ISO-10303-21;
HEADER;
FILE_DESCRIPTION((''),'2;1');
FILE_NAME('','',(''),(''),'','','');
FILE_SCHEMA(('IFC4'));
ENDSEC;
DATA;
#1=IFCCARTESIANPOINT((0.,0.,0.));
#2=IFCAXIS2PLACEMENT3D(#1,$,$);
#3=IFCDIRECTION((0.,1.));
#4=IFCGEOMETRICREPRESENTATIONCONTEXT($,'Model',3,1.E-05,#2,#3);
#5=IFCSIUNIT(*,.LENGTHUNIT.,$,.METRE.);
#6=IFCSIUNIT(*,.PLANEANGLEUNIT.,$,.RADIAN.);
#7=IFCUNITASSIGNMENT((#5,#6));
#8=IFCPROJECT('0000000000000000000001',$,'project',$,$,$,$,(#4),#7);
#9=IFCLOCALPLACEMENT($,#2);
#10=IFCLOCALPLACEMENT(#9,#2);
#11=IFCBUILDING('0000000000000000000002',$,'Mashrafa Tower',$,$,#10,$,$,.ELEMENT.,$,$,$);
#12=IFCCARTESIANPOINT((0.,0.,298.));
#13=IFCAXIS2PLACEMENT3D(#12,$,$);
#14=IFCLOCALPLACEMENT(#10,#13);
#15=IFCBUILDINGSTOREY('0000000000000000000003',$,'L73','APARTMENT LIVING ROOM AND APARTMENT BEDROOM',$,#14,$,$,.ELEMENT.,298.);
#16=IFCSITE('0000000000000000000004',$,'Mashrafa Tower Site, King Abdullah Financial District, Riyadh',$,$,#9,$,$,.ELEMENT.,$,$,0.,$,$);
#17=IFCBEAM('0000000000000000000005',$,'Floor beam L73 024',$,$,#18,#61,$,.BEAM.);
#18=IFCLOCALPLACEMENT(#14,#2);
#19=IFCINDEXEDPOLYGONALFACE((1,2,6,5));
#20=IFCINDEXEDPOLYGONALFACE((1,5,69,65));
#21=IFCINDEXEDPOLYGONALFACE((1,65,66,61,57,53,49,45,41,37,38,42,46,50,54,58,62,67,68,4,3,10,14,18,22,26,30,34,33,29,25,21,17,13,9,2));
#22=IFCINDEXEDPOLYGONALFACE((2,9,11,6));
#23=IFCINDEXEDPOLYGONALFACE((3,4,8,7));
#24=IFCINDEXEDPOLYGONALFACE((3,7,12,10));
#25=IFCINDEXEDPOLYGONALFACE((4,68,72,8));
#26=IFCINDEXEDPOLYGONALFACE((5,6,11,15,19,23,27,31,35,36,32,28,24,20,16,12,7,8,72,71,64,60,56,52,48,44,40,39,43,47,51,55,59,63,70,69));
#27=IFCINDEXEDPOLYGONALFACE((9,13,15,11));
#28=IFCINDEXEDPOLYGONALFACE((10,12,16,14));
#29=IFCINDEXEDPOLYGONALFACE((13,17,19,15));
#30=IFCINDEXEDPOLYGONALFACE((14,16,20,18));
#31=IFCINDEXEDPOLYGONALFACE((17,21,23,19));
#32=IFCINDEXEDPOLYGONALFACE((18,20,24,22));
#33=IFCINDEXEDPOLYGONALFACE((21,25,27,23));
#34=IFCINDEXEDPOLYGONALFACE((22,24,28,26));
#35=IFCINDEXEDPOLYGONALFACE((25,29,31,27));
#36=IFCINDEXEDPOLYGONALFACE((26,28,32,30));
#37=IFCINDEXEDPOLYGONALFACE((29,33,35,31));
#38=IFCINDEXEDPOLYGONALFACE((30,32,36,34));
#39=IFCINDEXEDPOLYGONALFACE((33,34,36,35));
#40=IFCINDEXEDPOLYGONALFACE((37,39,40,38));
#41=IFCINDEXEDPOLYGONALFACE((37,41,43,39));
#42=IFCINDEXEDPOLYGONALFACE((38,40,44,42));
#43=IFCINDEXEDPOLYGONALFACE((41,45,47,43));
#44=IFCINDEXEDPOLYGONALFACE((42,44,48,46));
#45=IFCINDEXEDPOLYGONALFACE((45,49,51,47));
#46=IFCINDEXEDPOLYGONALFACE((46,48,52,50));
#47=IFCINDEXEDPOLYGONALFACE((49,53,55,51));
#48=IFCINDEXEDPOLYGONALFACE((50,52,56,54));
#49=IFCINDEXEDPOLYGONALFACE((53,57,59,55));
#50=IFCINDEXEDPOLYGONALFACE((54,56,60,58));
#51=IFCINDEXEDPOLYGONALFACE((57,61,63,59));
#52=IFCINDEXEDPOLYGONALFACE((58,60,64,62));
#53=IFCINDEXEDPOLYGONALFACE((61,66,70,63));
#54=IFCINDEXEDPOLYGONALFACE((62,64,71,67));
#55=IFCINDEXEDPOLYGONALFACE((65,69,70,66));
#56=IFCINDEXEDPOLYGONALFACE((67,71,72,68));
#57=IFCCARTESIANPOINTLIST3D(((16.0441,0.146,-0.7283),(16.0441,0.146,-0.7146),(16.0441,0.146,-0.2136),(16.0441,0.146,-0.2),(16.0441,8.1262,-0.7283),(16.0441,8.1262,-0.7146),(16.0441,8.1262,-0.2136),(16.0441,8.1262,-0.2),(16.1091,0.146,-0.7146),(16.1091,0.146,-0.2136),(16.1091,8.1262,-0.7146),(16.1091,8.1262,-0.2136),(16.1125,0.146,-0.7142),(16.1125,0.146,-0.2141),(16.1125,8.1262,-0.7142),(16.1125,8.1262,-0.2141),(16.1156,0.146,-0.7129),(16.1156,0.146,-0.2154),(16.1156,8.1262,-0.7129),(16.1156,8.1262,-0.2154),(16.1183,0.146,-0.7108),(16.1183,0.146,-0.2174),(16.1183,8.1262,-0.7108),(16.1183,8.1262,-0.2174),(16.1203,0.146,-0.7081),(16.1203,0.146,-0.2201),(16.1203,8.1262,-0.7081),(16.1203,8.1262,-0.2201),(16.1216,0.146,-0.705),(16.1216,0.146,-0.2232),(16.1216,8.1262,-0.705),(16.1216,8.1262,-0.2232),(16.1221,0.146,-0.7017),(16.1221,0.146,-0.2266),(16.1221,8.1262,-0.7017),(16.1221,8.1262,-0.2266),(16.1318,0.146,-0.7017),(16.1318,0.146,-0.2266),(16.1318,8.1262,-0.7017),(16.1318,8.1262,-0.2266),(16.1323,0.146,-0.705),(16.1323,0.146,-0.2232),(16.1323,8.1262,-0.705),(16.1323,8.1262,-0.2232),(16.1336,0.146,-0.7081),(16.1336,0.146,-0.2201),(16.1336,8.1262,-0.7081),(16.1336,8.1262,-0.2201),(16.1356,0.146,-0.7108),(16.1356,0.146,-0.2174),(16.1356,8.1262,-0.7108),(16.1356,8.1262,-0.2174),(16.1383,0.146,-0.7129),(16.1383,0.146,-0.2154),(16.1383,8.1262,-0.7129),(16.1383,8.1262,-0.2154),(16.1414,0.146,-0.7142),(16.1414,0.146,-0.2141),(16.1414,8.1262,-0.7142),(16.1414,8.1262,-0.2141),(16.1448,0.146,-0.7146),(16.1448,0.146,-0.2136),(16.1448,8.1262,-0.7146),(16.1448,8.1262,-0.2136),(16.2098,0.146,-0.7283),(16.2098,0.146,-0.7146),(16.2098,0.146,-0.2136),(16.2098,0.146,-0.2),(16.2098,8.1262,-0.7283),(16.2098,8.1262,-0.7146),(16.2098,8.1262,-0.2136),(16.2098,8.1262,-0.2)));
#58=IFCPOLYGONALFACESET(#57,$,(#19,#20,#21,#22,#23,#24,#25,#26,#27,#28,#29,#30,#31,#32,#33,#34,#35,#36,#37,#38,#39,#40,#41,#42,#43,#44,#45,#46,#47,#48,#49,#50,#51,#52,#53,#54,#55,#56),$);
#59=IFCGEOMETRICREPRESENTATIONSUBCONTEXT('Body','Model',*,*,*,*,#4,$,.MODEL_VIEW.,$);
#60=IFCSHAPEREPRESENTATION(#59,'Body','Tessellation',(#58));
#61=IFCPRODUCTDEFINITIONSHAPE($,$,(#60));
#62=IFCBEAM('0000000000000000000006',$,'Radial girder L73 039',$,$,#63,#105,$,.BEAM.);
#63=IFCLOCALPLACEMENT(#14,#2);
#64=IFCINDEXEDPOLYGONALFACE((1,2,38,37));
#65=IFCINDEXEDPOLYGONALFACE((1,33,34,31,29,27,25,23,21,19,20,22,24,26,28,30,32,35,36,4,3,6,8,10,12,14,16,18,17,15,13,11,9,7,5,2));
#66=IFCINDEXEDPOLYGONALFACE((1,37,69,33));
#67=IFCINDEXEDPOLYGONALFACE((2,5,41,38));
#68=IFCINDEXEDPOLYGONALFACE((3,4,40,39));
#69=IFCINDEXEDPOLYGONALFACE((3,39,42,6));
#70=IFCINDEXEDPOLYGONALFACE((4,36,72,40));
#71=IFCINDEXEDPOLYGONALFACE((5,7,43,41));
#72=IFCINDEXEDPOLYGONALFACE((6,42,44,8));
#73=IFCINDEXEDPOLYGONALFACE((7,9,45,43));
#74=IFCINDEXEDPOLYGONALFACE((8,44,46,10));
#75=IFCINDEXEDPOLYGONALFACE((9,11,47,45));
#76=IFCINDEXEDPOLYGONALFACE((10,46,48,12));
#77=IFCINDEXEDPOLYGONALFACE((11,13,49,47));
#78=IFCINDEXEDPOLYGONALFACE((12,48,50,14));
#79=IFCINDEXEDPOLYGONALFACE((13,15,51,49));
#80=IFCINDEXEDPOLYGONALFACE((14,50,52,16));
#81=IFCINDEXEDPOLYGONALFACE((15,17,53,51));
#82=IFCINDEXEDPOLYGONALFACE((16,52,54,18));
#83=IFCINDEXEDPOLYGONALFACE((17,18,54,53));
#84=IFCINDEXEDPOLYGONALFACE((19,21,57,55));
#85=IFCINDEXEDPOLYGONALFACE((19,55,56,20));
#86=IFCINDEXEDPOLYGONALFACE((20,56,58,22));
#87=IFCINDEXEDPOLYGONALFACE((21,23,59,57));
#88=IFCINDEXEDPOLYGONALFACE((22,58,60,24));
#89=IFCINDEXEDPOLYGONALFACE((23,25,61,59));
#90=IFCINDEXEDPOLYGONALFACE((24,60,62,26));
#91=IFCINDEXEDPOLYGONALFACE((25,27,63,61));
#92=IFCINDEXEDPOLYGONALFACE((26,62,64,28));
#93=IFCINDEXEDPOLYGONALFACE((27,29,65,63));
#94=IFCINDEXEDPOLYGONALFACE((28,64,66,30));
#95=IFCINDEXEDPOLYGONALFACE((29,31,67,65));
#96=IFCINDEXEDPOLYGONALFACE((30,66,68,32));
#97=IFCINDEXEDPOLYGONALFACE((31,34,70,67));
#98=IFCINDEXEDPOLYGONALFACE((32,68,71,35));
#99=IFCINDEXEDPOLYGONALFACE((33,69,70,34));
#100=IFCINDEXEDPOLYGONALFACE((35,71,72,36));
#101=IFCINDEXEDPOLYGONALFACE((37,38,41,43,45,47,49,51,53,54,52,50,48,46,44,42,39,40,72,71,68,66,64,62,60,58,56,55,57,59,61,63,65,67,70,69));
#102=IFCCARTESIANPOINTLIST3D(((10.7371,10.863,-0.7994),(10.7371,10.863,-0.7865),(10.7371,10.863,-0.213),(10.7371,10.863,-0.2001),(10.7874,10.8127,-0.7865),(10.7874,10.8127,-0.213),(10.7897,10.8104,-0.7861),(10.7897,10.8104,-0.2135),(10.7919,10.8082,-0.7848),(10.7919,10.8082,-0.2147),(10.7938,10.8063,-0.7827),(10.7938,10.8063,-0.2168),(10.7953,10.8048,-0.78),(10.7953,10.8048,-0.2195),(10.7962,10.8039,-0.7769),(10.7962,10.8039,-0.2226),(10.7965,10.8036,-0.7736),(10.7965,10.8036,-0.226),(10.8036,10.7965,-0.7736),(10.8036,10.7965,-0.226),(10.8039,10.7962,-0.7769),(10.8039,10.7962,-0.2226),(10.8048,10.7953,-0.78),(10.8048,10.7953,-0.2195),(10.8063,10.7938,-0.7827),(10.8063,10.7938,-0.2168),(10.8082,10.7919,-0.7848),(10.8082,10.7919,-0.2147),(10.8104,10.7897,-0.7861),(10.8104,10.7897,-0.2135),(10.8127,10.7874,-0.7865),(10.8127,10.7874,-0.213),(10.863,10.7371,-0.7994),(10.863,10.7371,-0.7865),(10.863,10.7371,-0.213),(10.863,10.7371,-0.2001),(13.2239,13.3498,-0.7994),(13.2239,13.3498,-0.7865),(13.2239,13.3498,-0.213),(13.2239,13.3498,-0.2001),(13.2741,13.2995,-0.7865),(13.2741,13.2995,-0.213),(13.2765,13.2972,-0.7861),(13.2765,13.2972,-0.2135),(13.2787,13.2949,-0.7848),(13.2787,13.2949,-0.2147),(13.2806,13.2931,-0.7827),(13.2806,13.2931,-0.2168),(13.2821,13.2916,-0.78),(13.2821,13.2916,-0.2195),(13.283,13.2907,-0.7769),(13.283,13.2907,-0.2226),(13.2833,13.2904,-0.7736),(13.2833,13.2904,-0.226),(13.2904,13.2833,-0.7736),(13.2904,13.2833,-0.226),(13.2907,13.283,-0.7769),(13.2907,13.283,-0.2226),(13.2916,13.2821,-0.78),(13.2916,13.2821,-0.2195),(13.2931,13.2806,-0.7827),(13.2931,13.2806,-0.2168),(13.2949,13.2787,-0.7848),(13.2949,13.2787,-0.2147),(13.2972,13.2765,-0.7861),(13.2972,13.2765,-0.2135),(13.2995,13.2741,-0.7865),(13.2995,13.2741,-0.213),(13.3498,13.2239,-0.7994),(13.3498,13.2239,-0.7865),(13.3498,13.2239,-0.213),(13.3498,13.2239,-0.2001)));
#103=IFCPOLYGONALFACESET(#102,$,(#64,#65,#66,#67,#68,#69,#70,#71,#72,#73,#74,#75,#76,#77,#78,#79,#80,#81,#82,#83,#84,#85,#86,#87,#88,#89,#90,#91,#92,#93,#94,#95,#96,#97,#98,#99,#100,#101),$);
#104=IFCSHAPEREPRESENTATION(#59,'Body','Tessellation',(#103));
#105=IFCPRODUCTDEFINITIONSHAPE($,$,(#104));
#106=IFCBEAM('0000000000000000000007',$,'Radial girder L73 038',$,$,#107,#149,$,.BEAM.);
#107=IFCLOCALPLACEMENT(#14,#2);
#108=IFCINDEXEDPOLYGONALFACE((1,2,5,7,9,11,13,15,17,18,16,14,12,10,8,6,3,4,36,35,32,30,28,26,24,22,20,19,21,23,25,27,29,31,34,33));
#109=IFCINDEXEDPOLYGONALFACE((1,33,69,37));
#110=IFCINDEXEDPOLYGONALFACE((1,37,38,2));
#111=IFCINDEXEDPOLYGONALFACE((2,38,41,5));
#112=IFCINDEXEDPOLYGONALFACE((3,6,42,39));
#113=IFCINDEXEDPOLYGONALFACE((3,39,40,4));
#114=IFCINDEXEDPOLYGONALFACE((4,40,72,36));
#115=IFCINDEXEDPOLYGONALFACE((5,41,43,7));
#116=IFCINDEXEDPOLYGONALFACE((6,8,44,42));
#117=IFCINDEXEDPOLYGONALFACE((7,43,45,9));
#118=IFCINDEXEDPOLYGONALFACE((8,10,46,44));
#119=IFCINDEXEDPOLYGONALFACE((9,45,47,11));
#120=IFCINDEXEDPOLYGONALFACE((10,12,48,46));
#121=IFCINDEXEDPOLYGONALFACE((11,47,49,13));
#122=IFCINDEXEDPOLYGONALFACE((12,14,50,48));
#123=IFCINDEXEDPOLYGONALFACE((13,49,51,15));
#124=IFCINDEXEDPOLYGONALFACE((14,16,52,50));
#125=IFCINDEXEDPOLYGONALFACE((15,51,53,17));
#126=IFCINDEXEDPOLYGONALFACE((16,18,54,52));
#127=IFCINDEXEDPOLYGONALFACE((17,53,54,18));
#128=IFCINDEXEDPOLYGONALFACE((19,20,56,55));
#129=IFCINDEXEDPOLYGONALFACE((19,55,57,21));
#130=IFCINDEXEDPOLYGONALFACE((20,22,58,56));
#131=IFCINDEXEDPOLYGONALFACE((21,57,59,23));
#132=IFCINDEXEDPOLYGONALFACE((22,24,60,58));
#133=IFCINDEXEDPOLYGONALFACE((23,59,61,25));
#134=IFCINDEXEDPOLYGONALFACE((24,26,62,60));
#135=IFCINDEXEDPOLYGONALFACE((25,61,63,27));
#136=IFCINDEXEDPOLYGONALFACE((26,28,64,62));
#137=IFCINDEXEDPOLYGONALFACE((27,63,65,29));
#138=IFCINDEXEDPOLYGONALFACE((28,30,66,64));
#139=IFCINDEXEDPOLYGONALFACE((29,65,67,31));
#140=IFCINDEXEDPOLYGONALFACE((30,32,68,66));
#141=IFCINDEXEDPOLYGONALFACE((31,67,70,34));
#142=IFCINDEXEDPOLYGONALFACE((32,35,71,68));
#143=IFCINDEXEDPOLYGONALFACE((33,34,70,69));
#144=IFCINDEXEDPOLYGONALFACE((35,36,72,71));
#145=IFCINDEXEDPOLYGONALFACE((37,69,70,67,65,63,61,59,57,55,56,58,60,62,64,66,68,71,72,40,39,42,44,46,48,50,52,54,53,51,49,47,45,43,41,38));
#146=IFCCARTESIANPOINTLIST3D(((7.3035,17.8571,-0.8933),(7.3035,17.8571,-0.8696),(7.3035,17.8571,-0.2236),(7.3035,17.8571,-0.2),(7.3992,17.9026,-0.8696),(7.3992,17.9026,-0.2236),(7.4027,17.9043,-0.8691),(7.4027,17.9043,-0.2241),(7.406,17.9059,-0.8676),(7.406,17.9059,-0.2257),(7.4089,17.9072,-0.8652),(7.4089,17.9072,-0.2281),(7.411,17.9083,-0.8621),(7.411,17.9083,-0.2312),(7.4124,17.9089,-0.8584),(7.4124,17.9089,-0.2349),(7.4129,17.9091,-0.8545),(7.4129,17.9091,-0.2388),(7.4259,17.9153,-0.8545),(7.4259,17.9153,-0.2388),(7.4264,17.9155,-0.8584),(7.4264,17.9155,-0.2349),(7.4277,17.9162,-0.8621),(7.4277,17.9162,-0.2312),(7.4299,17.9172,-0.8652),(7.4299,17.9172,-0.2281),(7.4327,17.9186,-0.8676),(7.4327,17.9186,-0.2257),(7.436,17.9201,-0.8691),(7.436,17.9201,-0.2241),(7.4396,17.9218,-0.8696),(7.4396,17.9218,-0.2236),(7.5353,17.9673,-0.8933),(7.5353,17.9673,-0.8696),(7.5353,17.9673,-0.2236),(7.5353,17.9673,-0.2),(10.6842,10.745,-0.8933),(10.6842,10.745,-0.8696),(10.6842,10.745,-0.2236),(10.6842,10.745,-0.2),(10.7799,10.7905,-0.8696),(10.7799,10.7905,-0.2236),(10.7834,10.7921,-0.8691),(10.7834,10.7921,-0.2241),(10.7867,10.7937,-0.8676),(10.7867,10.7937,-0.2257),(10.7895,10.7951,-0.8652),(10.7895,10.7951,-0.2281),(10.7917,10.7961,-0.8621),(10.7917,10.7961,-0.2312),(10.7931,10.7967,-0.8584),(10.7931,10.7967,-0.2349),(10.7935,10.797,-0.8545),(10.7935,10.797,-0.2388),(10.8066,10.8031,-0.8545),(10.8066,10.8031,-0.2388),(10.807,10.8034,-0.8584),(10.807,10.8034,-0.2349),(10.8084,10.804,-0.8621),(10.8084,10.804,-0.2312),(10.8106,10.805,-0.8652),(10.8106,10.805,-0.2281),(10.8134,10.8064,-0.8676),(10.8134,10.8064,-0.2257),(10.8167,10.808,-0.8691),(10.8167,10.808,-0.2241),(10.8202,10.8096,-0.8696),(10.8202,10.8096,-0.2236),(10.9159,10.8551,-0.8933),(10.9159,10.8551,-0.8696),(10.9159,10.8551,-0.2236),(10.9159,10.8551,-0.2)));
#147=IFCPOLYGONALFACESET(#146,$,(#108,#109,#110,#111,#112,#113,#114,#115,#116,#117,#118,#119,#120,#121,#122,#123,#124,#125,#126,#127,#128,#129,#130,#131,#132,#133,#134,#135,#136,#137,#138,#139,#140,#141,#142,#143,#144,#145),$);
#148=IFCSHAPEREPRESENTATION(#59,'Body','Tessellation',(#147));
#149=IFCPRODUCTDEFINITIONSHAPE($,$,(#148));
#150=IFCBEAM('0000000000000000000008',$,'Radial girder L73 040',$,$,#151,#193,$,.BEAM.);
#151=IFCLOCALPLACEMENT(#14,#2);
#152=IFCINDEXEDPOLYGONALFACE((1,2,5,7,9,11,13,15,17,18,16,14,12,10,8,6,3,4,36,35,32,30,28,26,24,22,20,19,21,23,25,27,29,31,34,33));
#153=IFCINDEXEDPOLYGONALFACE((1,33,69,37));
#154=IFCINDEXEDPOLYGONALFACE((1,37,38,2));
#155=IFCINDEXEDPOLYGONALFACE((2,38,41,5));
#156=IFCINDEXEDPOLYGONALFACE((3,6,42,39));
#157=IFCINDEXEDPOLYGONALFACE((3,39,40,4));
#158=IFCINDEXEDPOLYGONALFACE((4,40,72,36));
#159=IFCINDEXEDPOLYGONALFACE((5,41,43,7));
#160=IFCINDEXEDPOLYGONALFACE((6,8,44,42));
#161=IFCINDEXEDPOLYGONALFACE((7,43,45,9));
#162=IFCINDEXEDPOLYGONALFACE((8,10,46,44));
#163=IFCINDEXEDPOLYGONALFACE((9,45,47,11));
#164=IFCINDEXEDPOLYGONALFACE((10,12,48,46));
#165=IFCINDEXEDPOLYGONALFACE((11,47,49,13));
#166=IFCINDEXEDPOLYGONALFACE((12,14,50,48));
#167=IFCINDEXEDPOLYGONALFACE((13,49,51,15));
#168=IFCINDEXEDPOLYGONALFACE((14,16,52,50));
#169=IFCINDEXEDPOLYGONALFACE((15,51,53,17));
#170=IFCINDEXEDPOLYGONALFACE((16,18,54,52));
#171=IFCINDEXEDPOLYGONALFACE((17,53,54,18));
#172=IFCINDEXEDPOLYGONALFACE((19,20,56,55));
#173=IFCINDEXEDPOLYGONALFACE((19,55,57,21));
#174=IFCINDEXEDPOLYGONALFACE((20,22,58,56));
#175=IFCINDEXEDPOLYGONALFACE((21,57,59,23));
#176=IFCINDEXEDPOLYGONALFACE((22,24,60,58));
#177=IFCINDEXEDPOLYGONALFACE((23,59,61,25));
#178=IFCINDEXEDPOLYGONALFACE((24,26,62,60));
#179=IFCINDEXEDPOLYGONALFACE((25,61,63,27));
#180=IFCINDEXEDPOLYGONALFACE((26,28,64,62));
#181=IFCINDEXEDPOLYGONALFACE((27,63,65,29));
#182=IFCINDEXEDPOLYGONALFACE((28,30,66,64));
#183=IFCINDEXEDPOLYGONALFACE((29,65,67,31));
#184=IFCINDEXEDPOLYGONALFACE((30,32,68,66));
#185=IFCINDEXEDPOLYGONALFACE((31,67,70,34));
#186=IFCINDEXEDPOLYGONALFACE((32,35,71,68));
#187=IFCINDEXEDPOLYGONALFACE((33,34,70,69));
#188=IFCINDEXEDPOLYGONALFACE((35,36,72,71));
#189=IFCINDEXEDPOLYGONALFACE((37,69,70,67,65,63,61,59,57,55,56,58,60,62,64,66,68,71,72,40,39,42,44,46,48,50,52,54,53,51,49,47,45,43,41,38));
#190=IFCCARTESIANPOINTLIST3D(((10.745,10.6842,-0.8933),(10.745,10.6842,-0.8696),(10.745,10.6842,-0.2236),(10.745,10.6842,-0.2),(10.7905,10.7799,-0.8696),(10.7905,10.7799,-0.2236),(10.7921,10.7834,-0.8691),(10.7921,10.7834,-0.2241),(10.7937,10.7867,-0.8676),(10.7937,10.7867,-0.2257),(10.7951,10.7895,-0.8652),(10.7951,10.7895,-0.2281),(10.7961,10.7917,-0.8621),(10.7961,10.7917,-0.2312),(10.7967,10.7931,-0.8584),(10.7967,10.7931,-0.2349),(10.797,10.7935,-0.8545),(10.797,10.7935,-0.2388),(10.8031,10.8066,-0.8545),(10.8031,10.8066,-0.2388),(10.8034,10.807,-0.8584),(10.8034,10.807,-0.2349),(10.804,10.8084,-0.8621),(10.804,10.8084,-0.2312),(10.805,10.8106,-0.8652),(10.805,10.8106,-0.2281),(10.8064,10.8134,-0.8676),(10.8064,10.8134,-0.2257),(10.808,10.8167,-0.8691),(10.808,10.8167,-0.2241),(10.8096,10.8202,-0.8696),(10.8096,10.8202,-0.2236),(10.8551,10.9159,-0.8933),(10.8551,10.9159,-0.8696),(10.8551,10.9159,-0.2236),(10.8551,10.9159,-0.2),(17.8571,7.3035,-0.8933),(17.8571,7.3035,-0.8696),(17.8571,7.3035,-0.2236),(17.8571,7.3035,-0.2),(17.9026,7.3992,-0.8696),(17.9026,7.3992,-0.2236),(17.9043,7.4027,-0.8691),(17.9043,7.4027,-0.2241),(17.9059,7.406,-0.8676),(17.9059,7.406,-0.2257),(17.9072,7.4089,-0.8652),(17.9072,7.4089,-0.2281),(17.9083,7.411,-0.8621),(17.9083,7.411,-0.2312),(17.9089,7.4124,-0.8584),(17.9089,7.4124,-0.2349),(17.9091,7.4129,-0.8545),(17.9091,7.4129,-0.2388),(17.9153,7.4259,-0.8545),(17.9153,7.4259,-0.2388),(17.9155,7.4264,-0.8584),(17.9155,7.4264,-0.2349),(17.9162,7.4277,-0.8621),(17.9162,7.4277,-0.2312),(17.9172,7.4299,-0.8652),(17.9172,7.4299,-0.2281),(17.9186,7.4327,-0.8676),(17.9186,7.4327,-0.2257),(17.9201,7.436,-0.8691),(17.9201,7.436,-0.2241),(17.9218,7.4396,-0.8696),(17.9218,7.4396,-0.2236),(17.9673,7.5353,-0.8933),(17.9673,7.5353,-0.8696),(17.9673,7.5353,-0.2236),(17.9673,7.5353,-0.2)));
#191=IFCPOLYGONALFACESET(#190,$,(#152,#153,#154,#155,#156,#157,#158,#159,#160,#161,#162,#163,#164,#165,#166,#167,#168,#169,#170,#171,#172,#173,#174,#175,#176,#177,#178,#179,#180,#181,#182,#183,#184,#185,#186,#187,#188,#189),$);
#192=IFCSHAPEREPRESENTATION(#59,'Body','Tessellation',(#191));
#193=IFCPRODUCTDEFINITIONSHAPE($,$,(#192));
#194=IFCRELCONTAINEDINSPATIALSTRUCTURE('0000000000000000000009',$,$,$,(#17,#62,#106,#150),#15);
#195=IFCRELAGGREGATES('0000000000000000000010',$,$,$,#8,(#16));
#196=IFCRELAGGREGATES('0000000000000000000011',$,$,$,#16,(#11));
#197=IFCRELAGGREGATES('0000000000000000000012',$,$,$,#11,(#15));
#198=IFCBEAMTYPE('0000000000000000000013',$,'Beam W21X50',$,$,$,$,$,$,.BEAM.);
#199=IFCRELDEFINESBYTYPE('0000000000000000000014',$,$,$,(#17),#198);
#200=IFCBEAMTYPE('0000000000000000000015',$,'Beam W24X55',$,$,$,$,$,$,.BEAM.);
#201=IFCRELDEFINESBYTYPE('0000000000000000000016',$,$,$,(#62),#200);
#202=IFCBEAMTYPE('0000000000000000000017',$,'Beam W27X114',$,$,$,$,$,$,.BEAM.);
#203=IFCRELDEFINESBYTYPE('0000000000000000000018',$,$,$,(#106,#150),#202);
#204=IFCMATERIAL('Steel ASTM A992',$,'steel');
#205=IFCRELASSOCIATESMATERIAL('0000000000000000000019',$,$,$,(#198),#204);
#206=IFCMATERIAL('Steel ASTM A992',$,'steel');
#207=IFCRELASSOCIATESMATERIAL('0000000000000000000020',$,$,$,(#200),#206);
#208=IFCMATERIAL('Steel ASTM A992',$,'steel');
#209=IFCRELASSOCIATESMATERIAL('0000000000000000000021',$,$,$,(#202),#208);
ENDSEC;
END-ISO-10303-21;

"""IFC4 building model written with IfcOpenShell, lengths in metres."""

from ifc_helpers import new_model, si_unit, direction, frame, origin, origin_2d, place, context, subcontext, project, spatial, i_section, extrude, material, material_profile, profile_set, type_object, element, save


model = new_model("IFC4")

# Units and contexts
model_context = context("Model", 3, precision=1e-05, world=origin(), true_north=direction((0.0, 1.0)))
body_context = subcontext(model_context, "Body", "Model", "MODEL_VIEW")
ifc_project = project(units=[si_unit("LENGTHUNIT", "METRE"), si_unit("PLANEANGLEUNIT", "RADIAN")], contexts=[model_context])

# Site, building, storey
site_placement = place(None, origin())
site = spatial("IfcSite", under=ifc_project, at=site_placement, Name="Mashrafa Tower Site, King Abdullah Financial District, Riyadh", CompositionType="ELEMENT", RefElevation=0.0)
building_placement = place(site_placement, origin())
building = spatial("IfcBuilding", under=site, at=building_placement, Name="Mashrafa Tower", CompositionType="ELEMENT")
storey_placement = place(building_placement, frame((0.0, 0.0, 298.0)))
storey = spatial("IfcBuildingStorey", under=building, at=storey_placement, Name="L73", Description="APARTMENT LIVING ROOM AND APARTMENT BEDROOM", CompositionType="ELEMENT", Elevation=298.0)

# Beams
ifc_material_1 = material(Name="Steel ASTM A992", Category="steel")
ifc_material_profile_1 = material_profile(ifc_material_1, i_section(OverallWidth=0.1658, OverallDepth=0.5283, WebThickness=0.0098, FlangeThickness=0.0137, FilletRadius=0.0129, at=origin_2d()), Name="W21X50")
ifc_profile_set_1 = profile_set([ifc_material_profile_1], Name="Steel ASTM A992")
beam_type_1 = type_object("IfcBeamType", Name="Beam W21X50", PredefinedType="BEAM", material=ifc_profile_set_1)
beam_1_placement = place(storey_placement, frame((16.127, 8.1262, -0.4641), z_axis=(0.0, -1.0, 0.0), x_axis=(1.0, 0.0, 0.0)))
element("IfcBeam", 1, at=beam_1_placement, inside=storey, type_object=beam_type_1, Name="Floor beam L73 024", PredefinedType="BEAM", context=body_context, shape_type="SweptSolid", body=[
    extrude(i_section(OverallWidth=0.1658, OverallDepth=0.5283, WebThickness=0.0098, FlangeThickness=0.0137, FilletRadius=0.0129, at=origin_2d()), origin(), (0.0, 0.0, 1.0), 7.9802),
])
ifc_material_2 = material(Name="Steel ASTM A992", Category="steel")
ifc_material_profile_2 = material_profile(ifc_material_2, i_section(OverallWidth=0.178, OverallDepth=0.5994, WebThickness=0.01, FlangeThickness=0.0129, FilletRadius=0.0129, at=origin_2d()), Name="W24X55")
ifc_profile_set_2 = profile_set([ifc_material_profile_2], Name="Steel ASTM A992")
beam_type_2 = type_object("IfcBeamType", Name="Beam W24X55", PredefinedType="BEAM", material=ifc_profile_set_2)
beam_2_placement = place(storey_placement, frame((10.8, 10.8, -0.4998), z_axis=(0.707107, 0.707107, 0.0), x_axis=(-0.707107, 0.707107, 0.0)))
element("IfcBeam", 2, at=beam_2_placement, inside=storey, type_object=beam_type_2, Name="Radial girder L73 039", PredefinedType="BEAM", context=body_context, shape_type="SweptSolid", body=[
    extrude(i_section(OverallWidth=0.178, OverallDepth=0.5994, WebThickness=0.01, FlangeThickness=0.0129, FilletRadius=0.0129, at=origin_2d()), origin(), (0.0, 0.0, 1.0), 3.5168),
])
ifc_material_3 = material(Name="Steel ASTM A992", Category="steel")
ifc_material_profile_3 = material_profile(ifc_material_3, i_section(OverallWidth=0.2566, OverallDepth=0.6934, WebThickness=0.0144, FlangeThickness=0.0237, FilletRadius=0.0151, at=origin_2d()), Name="W27X114")
ifc_profile_set_3 = profile_set([ifc_material_profile_3], Name="Steel ASTM A992")
beam_type_3 = type_object("IfcBeamType", Name="Beam W27X114", PredefinedType="BEAM", material=ifc_profile_set_3)
for number, where, z_axis, x_axis, name in (
    (3, (10.8, 10.8, -0.5466), (-0.429304, 0.90316, 0.0), (-0.90316, -0.429304, 0.0), "Radial girder L73 038"),
    (4, (10.8, 10.8, -0.5466), (0.90316, -0.429304, 0.0), (0.429304, 0.90316, 0.0), "Radial girder L73 040"),
):
    element("IfcBeam", number, at=place(storey_placement, frame(where, z_axis=z_axis, x_axis=x_axis)), inside=storey, type_object=beam_type_3, Name=name, PredefinedType="BEAM", context=body_context, shape_type="SweptSolid", body=[
        extrude(i_section(OverallWidth=0.2566, OverallDepth=0.6934, WebThickness=0.0144, FlangeThickness=0.0237, FilletRadius=0.0151, at=origin_2d()), origin(), (0.0, 0.0, 1.0), 7.8748),
    ])

save(model, "model.ifc")
